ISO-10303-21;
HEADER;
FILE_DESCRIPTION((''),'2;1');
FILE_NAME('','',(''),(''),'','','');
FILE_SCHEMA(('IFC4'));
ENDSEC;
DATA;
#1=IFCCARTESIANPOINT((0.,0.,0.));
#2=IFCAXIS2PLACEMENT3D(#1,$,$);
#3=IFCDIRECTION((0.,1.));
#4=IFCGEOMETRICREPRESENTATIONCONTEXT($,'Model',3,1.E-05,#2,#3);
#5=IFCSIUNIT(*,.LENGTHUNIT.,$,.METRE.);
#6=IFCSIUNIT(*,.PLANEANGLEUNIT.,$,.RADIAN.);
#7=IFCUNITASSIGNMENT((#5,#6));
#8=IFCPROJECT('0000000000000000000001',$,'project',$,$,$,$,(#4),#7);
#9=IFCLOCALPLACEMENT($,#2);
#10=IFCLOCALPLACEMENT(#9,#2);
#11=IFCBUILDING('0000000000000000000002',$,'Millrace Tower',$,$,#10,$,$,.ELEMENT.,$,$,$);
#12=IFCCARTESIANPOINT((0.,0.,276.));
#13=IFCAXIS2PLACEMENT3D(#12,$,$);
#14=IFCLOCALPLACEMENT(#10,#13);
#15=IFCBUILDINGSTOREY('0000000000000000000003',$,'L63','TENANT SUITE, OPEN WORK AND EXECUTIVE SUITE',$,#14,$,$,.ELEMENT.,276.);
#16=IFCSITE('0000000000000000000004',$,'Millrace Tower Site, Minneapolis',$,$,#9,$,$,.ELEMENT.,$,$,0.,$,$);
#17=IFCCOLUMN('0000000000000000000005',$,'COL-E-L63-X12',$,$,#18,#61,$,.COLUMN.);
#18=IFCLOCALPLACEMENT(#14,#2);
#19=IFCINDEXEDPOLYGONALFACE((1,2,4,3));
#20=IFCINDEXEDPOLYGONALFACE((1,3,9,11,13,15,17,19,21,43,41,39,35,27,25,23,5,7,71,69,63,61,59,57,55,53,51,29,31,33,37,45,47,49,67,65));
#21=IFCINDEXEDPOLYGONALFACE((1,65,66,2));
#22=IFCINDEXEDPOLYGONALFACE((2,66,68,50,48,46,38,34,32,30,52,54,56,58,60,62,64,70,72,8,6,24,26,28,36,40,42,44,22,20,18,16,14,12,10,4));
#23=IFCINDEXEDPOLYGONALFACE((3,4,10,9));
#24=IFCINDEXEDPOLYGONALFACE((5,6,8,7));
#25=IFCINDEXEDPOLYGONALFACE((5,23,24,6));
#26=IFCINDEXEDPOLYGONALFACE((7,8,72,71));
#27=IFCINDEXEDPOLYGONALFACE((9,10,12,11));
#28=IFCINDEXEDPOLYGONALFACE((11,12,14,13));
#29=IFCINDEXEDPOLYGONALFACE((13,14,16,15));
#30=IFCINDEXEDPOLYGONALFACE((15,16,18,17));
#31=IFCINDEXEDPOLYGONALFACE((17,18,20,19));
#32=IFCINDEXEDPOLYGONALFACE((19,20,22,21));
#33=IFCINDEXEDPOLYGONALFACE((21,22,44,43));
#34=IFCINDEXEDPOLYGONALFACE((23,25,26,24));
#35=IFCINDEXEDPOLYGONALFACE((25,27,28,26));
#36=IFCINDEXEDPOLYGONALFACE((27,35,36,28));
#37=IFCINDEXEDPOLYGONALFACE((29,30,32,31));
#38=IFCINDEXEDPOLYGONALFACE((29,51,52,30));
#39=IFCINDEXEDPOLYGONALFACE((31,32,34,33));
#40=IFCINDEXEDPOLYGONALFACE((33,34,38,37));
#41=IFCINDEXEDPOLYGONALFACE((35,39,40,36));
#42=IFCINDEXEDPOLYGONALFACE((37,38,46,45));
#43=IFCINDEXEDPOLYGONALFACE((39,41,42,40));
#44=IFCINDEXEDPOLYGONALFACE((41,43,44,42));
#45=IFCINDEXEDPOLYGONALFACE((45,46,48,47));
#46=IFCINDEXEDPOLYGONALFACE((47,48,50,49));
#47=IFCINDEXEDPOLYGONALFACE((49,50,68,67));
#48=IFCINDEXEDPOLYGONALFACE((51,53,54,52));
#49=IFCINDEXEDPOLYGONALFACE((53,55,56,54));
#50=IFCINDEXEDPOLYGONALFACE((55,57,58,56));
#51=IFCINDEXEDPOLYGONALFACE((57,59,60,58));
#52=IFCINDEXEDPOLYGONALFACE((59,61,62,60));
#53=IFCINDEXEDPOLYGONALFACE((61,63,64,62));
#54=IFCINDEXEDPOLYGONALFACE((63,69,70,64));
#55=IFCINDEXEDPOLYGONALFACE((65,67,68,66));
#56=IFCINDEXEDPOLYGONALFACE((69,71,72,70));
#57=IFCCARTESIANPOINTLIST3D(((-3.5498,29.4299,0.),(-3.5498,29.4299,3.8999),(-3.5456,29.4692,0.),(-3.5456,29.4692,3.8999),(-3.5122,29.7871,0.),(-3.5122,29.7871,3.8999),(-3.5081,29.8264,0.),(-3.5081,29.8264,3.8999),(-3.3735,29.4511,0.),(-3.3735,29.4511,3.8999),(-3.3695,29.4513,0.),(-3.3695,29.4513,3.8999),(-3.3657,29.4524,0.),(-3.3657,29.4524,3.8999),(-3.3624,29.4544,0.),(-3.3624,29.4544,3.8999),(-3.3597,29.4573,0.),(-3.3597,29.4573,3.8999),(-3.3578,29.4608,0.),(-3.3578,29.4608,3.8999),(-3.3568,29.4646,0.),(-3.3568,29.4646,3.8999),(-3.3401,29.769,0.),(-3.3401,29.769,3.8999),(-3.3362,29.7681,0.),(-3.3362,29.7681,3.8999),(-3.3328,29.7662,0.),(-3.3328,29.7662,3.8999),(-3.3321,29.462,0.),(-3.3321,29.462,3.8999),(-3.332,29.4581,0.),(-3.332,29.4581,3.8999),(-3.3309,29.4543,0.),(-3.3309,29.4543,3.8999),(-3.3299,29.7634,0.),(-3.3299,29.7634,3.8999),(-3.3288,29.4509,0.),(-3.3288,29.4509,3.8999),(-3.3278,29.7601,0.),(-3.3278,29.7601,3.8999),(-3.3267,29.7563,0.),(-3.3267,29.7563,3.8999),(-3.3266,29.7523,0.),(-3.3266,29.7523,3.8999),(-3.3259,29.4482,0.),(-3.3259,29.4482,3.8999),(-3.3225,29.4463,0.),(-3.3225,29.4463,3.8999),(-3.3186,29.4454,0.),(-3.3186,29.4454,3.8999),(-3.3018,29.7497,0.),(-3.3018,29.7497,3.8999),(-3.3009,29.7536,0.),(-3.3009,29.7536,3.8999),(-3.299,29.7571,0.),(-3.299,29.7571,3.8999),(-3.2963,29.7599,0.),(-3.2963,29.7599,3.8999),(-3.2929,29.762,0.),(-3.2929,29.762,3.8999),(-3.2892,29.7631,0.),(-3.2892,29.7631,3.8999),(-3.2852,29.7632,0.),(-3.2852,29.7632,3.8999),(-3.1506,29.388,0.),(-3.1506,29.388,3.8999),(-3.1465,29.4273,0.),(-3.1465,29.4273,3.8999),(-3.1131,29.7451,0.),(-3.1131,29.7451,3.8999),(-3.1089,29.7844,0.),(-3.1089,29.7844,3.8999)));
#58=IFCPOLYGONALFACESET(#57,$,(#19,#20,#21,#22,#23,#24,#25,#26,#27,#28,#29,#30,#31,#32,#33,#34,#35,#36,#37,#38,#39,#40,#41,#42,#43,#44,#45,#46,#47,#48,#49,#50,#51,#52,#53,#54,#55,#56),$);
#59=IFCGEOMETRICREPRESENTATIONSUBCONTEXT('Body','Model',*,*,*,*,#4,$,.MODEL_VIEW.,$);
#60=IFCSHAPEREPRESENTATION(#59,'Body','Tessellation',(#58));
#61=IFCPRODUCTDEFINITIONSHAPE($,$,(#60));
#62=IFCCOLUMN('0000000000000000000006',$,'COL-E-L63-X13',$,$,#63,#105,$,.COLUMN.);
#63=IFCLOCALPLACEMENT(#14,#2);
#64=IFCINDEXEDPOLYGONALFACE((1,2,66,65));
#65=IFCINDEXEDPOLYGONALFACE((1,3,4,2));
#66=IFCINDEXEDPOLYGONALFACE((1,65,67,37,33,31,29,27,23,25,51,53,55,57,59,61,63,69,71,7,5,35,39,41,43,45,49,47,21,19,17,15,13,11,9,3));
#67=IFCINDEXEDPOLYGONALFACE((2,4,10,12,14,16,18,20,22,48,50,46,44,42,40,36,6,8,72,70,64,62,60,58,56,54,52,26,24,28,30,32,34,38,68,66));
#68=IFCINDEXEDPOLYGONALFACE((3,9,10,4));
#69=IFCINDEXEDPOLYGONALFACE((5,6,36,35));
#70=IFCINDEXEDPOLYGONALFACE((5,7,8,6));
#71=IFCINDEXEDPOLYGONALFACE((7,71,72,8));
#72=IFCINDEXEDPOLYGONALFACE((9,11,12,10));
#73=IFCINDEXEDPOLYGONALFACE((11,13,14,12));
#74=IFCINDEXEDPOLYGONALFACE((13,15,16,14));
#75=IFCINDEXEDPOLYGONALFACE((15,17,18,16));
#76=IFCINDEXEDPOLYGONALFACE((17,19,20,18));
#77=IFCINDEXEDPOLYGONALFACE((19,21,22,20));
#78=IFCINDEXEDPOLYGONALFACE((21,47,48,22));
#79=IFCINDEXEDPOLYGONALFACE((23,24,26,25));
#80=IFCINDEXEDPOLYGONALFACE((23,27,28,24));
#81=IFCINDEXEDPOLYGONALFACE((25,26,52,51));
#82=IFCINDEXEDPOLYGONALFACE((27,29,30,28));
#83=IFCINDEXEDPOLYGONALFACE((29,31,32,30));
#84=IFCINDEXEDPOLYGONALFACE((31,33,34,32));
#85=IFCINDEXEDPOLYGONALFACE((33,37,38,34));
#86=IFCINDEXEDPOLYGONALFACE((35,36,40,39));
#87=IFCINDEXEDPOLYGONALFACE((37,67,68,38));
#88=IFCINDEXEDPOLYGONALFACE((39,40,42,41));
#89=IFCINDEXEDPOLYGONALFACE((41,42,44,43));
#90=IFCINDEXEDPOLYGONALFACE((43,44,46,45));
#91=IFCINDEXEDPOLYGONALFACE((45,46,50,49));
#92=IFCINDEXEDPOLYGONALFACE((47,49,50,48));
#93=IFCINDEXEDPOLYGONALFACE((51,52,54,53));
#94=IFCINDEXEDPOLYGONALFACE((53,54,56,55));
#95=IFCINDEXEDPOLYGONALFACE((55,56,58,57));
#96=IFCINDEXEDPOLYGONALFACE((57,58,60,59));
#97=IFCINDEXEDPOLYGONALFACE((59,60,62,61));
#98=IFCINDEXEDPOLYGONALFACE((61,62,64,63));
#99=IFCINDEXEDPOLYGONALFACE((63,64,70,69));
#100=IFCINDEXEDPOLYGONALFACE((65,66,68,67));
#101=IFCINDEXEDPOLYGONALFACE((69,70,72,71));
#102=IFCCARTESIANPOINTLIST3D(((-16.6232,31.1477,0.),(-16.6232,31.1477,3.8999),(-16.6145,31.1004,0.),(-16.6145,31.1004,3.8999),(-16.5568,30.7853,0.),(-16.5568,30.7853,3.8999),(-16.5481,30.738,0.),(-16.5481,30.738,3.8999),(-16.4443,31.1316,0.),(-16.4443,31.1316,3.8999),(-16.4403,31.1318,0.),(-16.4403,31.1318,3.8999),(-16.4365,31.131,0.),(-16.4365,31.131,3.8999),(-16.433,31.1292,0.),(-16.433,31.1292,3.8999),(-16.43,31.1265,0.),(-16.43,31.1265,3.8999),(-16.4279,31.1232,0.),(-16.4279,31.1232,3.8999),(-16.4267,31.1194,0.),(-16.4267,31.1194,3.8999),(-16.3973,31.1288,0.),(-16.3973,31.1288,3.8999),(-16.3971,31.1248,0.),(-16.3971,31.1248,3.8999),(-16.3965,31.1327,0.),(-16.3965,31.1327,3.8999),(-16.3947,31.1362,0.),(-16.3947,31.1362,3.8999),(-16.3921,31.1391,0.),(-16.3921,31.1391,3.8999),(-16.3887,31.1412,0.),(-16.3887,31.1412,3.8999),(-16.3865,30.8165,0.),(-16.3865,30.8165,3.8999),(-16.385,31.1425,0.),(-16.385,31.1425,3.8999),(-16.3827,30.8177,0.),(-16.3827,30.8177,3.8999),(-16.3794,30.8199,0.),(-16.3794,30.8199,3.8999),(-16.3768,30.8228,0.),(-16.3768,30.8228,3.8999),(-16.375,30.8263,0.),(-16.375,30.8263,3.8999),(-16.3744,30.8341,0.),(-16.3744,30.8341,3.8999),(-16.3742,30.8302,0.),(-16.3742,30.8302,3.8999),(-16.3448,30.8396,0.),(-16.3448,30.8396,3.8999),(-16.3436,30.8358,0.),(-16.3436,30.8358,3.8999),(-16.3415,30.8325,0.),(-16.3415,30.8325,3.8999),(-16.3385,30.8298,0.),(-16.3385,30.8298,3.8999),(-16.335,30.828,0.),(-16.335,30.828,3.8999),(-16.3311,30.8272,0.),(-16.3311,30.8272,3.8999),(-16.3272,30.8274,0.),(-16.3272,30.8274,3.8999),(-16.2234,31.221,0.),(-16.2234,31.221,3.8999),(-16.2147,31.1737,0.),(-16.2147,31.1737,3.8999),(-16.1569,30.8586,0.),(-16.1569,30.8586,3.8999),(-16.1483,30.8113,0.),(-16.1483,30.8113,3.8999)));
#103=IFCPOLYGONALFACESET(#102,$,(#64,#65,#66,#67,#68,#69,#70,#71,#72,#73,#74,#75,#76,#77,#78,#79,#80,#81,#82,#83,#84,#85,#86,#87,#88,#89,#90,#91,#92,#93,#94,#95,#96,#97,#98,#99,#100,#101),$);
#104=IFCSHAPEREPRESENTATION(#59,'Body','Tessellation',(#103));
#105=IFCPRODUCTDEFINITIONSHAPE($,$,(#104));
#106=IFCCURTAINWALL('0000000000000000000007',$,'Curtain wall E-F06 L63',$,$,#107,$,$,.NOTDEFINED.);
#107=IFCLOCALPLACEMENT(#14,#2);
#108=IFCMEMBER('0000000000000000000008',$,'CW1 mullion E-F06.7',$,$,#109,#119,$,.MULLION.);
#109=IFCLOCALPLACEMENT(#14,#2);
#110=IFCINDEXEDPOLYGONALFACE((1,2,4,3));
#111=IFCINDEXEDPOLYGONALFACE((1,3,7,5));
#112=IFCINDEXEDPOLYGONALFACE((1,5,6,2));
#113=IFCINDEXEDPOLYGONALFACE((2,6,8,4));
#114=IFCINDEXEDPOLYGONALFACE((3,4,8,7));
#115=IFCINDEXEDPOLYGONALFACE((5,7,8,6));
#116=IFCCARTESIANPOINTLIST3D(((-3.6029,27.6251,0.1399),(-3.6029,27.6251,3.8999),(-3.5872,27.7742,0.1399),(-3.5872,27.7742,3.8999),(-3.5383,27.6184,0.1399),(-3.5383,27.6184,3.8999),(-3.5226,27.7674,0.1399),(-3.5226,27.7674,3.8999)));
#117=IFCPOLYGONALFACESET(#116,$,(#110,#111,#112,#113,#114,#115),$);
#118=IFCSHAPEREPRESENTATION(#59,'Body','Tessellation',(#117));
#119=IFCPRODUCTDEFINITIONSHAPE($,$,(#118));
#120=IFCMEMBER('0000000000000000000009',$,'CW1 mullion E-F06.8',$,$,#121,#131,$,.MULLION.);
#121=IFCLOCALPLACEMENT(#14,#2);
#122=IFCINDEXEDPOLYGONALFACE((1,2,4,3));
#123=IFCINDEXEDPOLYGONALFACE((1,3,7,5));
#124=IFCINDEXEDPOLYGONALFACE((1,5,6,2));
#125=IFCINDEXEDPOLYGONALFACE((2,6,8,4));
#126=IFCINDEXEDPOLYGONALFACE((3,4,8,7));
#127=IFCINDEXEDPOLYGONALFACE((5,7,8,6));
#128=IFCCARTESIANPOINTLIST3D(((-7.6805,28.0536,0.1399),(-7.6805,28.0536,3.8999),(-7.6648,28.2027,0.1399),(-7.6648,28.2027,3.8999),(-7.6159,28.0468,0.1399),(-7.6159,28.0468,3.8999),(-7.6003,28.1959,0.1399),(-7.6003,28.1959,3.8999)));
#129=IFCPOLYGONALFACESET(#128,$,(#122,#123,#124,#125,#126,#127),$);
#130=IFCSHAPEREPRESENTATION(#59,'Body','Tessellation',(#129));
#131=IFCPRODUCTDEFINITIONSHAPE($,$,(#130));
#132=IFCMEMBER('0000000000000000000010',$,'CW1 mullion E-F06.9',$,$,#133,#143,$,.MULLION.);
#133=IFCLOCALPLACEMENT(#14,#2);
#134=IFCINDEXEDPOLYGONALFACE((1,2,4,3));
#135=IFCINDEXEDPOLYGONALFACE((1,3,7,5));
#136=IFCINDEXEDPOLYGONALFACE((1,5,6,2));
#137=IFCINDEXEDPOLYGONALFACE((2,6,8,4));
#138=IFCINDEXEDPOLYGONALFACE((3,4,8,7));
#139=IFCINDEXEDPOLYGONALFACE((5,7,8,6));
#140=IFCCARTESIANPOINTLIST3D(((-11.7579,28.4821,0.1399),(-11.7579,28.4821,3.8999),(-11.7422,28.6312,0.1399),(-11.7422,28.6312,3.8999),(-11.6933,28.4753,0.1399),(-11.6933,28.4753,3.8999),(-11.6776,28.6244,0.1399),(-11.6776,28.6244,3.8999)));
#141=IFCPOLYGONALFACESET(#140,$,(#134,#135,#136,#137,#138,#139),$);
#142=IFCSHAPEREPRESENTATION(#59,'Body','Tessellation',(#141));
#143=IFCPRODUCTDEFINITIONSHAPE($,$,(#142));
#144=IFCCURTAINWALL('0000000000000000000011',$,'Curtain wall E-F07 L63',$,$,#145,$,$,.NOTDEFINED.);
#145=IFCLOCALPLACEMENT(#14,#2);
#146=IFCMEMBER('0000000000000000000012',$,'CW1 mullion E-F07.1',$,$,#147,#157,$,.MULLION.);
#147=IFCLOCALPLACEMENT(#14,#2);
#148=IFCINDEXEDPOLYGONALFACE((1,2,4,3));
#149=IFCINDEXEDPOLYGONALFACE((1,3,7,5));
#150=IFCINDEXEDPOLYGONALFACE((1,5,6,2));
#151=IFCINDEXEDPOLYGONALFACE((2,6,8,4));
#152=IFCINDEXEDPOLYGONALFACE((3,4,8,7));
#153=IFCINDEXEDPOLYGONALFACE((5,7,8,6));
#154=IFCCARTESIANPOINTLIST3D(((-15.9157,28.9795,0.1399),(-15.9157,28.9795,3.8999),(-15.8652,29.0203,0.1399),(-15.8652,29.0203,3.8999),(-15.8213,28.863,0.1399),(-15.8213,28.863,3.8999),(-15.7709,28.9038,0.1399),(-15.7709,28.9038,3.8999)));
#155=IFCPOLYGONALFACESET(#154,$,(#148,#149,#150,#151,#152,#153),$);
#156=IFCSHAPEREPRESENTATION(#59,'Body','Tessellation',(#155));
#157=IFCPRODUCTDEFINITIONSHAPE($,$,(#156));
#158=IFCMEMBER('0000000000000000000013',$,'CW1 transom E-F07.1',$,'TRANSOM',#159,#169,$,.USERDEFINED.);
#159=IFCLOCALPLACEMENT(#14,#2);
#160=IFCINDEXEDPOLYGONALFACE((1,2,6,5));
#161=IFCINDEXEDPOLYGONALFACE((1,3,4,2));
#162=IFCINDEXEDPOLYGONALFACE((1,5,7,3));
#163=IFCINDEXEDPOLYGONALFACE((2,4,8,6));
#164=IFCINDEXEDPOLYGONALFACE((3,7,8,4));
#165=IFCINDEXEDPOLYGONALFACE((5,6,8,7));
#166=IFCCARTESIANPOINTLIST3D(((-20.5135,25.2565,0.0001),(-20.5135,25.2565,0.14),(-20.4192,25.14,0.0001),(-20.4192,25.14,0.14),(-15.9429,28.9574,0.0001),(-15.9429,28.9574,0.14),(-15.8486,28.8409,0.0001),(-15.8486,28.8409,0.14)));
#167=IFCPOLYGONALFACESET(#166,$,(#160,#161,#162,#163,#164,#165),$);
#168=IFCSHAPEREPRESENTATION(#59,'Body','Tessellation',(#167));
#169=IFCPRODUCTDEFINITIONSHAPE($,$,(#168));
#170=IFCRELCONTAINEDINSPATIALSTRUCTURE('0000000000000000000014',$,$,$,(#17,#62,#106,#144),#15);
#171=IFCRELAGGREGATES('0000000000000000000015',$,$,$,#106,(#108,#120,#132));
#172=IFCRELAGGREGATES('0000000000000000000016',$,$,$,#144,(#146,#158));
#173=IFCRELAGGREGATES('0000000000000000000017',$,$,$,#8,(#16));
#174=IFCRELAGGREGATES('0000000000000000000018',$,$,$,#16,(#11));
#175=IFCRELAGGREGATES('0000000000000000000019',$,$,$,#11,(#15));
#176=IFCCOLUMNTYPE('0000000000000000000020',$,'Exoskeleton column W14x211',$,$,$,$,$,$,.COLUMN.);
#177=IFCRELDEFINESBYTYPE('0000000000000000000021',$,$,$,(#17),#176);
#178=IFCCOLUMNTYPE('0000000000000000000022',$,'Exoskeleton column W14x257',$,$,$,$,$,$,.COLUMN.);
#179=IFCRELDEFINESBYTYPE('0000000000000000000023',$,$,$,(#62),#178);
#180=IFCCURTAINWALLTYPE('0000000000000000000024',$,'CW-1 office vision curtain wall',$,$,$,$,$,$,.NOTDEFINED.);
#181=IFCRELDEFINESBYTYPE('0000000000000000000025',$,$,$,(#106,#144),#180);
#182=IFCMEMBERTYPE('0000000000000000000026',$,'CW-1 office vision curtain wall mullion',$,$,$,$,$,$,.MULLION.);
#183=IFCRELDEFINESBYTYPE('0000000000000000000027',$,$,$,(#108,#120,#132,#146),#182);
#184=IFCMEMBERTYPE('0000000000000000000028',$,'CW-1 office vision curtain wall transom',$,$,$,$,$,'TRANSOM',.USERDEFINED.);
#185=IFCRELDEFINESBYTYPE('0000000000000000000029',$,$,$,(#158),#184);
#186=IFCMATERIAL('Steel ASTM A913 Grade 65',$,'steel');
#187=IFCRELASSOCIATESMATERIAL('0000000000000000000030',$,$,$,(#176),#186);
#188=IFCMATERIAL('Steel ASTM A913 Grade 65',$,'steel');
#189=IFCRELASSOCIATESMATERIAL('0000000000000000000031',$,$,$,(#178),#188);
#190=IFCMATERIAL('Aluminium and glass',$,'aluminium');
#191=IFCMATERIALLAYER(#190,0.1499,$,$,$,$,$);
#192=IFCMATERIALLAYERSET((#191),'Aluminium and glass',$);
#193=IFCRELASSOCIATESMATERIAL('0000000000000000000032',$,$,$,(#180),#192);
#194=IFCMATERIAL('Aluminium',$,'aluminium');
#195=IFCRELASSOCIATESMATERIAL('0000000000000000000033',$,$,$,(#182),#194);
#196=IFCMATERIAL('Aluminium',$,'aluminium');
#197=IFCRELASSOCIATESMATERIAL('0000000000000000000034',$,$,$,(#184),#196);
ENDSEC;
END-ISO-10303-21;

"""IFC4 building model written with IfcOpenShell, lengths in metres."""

from ifc_helpers import new_model, si_unit, direction, frame, origin, origin_2d, place, context, subcontext, project, spatial, rectangle, i_section, extrude, material, layer, layer_set, material_profile, profile_set, type_object, element, aggregate, save


model = new_model("IFC4")

# Units and contexts
model_context = context("Model", 3, precision=1e-05, world=origin(), true_north=direction((0.0, 1.0)))
body_context = subcontext(model_context, "Body", "Model", "MODEL_VIEW")
ifc_project = project(units=[si_unit("LENGTHUNIT", "METRE"), si_unit("PLANEANGLEUNIT", "RADIAN")], contexts=[model_context])

# Site, building, storey
site_placement = place(None, origin())
site = spatial("IfcSite", under=ifc_project, at=site_placement, Name="Millrace Tower Site, Minneapolis", CompositionType="ELEMENT", RefElevation=0.0)
building_placement = place(site_placement, origin())
building = spatial("IfcBuilding", under=site, at=building_placement, Name="Millrace Tower", CompositionType="ELEMENT")
storey_placement = place(building_placement, frame((0.0, 0.0, 276.0)))
storey = spatial("IfcBuildingStorey", under=building, at=storey_placement, Name="L63", Description="TENANT SUITE, OPEN WORK AND EXECUTIVE SUITE", CompositionType="ELEMENT", Elevation=276.0)

# Columns
ifc_material_1 = material(Name="Steel ASTM A913 Grade 65", Category="steel")
ifc_material_profile_1 = material_profile(ifc_material_1, i_section(OverallWidth=0.4014, OverallDepth=0.3987, WebThickness=0.0249, FlangeThickness=0.0396, FilletRadius=0.0151, at=origin_2d()))
ifc_profile_set_1 = profile_set([ifc_material_profile_1], Name="Steel ASTM A913 Grade 65")
column_type_1 = type_object("IfcColumnType", Name="Exoskeleton column W14x211", PredefinedType="COLUMN", material=ifc_profile_set_1)
column_1_placement = place(storey_placement, frame((-3.3293, 29.6072, 0.0), z_axis=(0.0, 0.0, 1.0), x_axis=(-0.994522, 0.104528, 0.0)))
element("IfcColumn", 1, at=column_1_placement, inside=storey, type_object=column_type_1, Name="COL-E-L63-X12", PredefinedType="COLUMN", context=body_context, shape_type="SweptSolid", body=[
    extrude(i_section(OverallWidth=0.4014, OverallDepth=0.3987, WebThickness=0.0249, FlangeThickness=0.0396, FilletRadius=0.0151, at=origin_2d()), origin(), (0.0, 0.0, 1.0), 3.8999),
])
ifc_material_2 = material(Name="Steel ASTM A913 Grade 65", Category="steel")
ifc_material_profile_2 = material_profile(ifc_material_2, i_section(OverallWidth=0.4065, OverallDepth=0.4165, WebThickness=0.03, FlangeThickness=0.0481, FilletRadius=0.0151, at=origin_2d()))
ifc_profile_set_2 = profile_set([ifc_material_profile_2], Name="Steel ASTM A913 Grade 65")
column_type_2 = type_object("IfcColumnType", Name="Exoskeleton column W14x257", PredefinedType="COLUMN", material=ifc_profile_set_2)
column_2_placement = place(storey_placement, frame((-16.3857, 30.9795, 0.0), z_axis=(0.0, 0.0, 1.0), x_axis=(-0.983596, -0.180387, 0.0)))
element("IfcColumn", 2, at=column_2_placement, inside=storey, type_object=column_type_2, Name="COL-E-L63-X13", PredefinedType="COLUMN", context=body_context, shape_type="SweptSolid", body=[
    extrude(i_section(OverallWidth=0.4065, OverallDepth=0.4165, WebThickness=0.03, FlangeThickness=0.0481, FilletRadius=0.0151, at=origin_2d()), origin(), (0.0, 0.0, 1.0), 3.8999),
])

# Curtain walls, members
ifc_material_3 = material(Name="Aluminium and glass", Category="aluminium")
ifc_layer_1 = layer(ifc_material_3, 0.1499)
ifc_layer_set_1 = layer_set([ifc_layer_1], Name="Aluminium and glass")
curtain_wall_type = type_object("IfcCurtainWallType", Name="CW-1 office vision curtain wall", PredefinedType="NOTDEFINED", material=ifc_layer_set_1)
placement = place(storey_placement, origin())
curtain_wall_1 = element("IfcCurtainWall", 3, at=placement, inside=storey, type_object=curtain_wall_type, Name="Curtain wall E-F06 L63", PredefinedType="NOTDEFINED")
ifc_material_4 = material(Name="Aluminium", Category="aluminium")
ifc_material_profile_3 = material_profile(ifc_material_4, rectangle(XDim=0.0649, YDim=0.1499, at=origin_2d()))
ifc_profile_set_3 = profile_set([ifc_material_profile_3], Name="Aluminium")
member_type_1 = type_object("IfcMemberType", Name="CW-1 office vision curtain wall mullion", PredefinedType="MULLION", material=ifc_profile_set_3)
member_1_placement = place(storey_placement, frame((-3.5627, 27.6963, 0.1399), z_axis=(0.0, 0.0, 1.0), x_axis=(-0.994522, 0.104528, 0.0)))
member_1 = element("IfcMember", 4, at=member_1_placement, type_object=member_type_1, Name="CW1 mullion E-F06.7", PredefinedType="MULLION", context=body_context, shape_type="SweptSolid", body=[
    extrude(rectangle(XDim=0.0649, YDim=0.1499, at=origin_2d()), origin(), (0.0, 0.0, 1.0), 3.76),
])
member_2_placement = place(storey_placement, frame((-7.6404, 28.1248, 0.1399), z_axis=(0.0, 0.0, 1.0), x_axis=(-0.994522, 0.104528, 0.0)))
member_2 = element("IfcMember", 5, at=member_2_placement, type_object=member_type_1, Name="CW1 mullion E-F06.8", PredefinedType="MULLION", context=body_context, shape_type="SweptSolid", body=[
    extrude(rectangle(XDim=0.0649, YDim=0.1499, at=origin_2d()), origin(), (0.0, 0.0, 1.0), 3.76),
])
member_3_placement = place(storey_placement, frame((-11.7178, 28.5532, 0.1399), z_axis=(0.0, 0.0, 1.0), x_axis=(-0.994522, 0.104528, 0.0)))
member_3 = element("IfcMember", 6, at=member_3_placement, type_object=member_type_1, Name="CW1 mullion E-F06.9", PredefinedType="MULLION", context=body_context, shape_type="SweptSolid", body=[
    extrude(rectangle(XDim=0.0649, YDim=0.1499, at=origin_2d()), origin(), (0.0, 0.0, 1.0), 3.76),
])
aggregate(curtain_wall_1, [member_1, member_2, member_3])
curtain_wall_2 = element("IfcCurtainWall", 7, at=placement, inside=storey, type_object=curtain_wall_type, Name="Curtain wall E-F07 L63", PredefinedType="NOTDEFINED")
member_4_placement = place(storey_placement, frame((-15.8433, 28.9417, 0.1399), z_axis=(0.0, 0.0, 1.0), x_axis=(-0.777146, -0.62932, 0.0)))
member_4 = element("IfcMember", 8, at=member_4_placement, type_object=member_type_1, Name="CW1 mullion E-F07.1", PredefinedType="MULLION", context=body_context, shape_type="SweptSolid", body=[
    extrude(rectangle(XDim=0.0649, YDim=0.1499, at=origin_2d()), origin(), (0.0, 0.0, 1.0), 3.76),
])
ifc_material_5 = material(Name="Aluminium", Category="aluminium")
ifc_material_profile_4 = material_profile(ifc_material_5, rectangle(XDim=0.1499, YDim=0.1399, at=origin_2d()))
ifc_profile_set_4 = profile_set([ifc_material_profile_4], Name="Aluminium")
member_type_2 = type_object("IfcMemberType", Name="CW-1 office vision curtain wall transom", ElementType="TRANSOM", PredefinedType="USERDEFINED", material=ifc_profile_set_4)
member_5_placement = place(storey_placement, frame((-15.8958, 28.8992, 0.0701), z_axis=(-0.777166, -0.629296, 0.0), x_axis=(0.629296, -0.777166, 0.0)))
member_5 = element("IfcMember", 9, at=member_5_placement, type_object=member_type_2, Name="CW1 transom E-F07.1", ObjectType="TRANSOM", PredefinedType="USERDEFINED", context=body_context, shape_type="SweptSolid", body=[
    extrude(rectangle(XDim=0.1499, YDim=0.1399, at=origin_2d()), origin(), (0.0, 0.0, 1.0), 5.8811),
])
aggregate(curtain_wall_2, [member_4, member_5])

save(model, "model.ifc")
